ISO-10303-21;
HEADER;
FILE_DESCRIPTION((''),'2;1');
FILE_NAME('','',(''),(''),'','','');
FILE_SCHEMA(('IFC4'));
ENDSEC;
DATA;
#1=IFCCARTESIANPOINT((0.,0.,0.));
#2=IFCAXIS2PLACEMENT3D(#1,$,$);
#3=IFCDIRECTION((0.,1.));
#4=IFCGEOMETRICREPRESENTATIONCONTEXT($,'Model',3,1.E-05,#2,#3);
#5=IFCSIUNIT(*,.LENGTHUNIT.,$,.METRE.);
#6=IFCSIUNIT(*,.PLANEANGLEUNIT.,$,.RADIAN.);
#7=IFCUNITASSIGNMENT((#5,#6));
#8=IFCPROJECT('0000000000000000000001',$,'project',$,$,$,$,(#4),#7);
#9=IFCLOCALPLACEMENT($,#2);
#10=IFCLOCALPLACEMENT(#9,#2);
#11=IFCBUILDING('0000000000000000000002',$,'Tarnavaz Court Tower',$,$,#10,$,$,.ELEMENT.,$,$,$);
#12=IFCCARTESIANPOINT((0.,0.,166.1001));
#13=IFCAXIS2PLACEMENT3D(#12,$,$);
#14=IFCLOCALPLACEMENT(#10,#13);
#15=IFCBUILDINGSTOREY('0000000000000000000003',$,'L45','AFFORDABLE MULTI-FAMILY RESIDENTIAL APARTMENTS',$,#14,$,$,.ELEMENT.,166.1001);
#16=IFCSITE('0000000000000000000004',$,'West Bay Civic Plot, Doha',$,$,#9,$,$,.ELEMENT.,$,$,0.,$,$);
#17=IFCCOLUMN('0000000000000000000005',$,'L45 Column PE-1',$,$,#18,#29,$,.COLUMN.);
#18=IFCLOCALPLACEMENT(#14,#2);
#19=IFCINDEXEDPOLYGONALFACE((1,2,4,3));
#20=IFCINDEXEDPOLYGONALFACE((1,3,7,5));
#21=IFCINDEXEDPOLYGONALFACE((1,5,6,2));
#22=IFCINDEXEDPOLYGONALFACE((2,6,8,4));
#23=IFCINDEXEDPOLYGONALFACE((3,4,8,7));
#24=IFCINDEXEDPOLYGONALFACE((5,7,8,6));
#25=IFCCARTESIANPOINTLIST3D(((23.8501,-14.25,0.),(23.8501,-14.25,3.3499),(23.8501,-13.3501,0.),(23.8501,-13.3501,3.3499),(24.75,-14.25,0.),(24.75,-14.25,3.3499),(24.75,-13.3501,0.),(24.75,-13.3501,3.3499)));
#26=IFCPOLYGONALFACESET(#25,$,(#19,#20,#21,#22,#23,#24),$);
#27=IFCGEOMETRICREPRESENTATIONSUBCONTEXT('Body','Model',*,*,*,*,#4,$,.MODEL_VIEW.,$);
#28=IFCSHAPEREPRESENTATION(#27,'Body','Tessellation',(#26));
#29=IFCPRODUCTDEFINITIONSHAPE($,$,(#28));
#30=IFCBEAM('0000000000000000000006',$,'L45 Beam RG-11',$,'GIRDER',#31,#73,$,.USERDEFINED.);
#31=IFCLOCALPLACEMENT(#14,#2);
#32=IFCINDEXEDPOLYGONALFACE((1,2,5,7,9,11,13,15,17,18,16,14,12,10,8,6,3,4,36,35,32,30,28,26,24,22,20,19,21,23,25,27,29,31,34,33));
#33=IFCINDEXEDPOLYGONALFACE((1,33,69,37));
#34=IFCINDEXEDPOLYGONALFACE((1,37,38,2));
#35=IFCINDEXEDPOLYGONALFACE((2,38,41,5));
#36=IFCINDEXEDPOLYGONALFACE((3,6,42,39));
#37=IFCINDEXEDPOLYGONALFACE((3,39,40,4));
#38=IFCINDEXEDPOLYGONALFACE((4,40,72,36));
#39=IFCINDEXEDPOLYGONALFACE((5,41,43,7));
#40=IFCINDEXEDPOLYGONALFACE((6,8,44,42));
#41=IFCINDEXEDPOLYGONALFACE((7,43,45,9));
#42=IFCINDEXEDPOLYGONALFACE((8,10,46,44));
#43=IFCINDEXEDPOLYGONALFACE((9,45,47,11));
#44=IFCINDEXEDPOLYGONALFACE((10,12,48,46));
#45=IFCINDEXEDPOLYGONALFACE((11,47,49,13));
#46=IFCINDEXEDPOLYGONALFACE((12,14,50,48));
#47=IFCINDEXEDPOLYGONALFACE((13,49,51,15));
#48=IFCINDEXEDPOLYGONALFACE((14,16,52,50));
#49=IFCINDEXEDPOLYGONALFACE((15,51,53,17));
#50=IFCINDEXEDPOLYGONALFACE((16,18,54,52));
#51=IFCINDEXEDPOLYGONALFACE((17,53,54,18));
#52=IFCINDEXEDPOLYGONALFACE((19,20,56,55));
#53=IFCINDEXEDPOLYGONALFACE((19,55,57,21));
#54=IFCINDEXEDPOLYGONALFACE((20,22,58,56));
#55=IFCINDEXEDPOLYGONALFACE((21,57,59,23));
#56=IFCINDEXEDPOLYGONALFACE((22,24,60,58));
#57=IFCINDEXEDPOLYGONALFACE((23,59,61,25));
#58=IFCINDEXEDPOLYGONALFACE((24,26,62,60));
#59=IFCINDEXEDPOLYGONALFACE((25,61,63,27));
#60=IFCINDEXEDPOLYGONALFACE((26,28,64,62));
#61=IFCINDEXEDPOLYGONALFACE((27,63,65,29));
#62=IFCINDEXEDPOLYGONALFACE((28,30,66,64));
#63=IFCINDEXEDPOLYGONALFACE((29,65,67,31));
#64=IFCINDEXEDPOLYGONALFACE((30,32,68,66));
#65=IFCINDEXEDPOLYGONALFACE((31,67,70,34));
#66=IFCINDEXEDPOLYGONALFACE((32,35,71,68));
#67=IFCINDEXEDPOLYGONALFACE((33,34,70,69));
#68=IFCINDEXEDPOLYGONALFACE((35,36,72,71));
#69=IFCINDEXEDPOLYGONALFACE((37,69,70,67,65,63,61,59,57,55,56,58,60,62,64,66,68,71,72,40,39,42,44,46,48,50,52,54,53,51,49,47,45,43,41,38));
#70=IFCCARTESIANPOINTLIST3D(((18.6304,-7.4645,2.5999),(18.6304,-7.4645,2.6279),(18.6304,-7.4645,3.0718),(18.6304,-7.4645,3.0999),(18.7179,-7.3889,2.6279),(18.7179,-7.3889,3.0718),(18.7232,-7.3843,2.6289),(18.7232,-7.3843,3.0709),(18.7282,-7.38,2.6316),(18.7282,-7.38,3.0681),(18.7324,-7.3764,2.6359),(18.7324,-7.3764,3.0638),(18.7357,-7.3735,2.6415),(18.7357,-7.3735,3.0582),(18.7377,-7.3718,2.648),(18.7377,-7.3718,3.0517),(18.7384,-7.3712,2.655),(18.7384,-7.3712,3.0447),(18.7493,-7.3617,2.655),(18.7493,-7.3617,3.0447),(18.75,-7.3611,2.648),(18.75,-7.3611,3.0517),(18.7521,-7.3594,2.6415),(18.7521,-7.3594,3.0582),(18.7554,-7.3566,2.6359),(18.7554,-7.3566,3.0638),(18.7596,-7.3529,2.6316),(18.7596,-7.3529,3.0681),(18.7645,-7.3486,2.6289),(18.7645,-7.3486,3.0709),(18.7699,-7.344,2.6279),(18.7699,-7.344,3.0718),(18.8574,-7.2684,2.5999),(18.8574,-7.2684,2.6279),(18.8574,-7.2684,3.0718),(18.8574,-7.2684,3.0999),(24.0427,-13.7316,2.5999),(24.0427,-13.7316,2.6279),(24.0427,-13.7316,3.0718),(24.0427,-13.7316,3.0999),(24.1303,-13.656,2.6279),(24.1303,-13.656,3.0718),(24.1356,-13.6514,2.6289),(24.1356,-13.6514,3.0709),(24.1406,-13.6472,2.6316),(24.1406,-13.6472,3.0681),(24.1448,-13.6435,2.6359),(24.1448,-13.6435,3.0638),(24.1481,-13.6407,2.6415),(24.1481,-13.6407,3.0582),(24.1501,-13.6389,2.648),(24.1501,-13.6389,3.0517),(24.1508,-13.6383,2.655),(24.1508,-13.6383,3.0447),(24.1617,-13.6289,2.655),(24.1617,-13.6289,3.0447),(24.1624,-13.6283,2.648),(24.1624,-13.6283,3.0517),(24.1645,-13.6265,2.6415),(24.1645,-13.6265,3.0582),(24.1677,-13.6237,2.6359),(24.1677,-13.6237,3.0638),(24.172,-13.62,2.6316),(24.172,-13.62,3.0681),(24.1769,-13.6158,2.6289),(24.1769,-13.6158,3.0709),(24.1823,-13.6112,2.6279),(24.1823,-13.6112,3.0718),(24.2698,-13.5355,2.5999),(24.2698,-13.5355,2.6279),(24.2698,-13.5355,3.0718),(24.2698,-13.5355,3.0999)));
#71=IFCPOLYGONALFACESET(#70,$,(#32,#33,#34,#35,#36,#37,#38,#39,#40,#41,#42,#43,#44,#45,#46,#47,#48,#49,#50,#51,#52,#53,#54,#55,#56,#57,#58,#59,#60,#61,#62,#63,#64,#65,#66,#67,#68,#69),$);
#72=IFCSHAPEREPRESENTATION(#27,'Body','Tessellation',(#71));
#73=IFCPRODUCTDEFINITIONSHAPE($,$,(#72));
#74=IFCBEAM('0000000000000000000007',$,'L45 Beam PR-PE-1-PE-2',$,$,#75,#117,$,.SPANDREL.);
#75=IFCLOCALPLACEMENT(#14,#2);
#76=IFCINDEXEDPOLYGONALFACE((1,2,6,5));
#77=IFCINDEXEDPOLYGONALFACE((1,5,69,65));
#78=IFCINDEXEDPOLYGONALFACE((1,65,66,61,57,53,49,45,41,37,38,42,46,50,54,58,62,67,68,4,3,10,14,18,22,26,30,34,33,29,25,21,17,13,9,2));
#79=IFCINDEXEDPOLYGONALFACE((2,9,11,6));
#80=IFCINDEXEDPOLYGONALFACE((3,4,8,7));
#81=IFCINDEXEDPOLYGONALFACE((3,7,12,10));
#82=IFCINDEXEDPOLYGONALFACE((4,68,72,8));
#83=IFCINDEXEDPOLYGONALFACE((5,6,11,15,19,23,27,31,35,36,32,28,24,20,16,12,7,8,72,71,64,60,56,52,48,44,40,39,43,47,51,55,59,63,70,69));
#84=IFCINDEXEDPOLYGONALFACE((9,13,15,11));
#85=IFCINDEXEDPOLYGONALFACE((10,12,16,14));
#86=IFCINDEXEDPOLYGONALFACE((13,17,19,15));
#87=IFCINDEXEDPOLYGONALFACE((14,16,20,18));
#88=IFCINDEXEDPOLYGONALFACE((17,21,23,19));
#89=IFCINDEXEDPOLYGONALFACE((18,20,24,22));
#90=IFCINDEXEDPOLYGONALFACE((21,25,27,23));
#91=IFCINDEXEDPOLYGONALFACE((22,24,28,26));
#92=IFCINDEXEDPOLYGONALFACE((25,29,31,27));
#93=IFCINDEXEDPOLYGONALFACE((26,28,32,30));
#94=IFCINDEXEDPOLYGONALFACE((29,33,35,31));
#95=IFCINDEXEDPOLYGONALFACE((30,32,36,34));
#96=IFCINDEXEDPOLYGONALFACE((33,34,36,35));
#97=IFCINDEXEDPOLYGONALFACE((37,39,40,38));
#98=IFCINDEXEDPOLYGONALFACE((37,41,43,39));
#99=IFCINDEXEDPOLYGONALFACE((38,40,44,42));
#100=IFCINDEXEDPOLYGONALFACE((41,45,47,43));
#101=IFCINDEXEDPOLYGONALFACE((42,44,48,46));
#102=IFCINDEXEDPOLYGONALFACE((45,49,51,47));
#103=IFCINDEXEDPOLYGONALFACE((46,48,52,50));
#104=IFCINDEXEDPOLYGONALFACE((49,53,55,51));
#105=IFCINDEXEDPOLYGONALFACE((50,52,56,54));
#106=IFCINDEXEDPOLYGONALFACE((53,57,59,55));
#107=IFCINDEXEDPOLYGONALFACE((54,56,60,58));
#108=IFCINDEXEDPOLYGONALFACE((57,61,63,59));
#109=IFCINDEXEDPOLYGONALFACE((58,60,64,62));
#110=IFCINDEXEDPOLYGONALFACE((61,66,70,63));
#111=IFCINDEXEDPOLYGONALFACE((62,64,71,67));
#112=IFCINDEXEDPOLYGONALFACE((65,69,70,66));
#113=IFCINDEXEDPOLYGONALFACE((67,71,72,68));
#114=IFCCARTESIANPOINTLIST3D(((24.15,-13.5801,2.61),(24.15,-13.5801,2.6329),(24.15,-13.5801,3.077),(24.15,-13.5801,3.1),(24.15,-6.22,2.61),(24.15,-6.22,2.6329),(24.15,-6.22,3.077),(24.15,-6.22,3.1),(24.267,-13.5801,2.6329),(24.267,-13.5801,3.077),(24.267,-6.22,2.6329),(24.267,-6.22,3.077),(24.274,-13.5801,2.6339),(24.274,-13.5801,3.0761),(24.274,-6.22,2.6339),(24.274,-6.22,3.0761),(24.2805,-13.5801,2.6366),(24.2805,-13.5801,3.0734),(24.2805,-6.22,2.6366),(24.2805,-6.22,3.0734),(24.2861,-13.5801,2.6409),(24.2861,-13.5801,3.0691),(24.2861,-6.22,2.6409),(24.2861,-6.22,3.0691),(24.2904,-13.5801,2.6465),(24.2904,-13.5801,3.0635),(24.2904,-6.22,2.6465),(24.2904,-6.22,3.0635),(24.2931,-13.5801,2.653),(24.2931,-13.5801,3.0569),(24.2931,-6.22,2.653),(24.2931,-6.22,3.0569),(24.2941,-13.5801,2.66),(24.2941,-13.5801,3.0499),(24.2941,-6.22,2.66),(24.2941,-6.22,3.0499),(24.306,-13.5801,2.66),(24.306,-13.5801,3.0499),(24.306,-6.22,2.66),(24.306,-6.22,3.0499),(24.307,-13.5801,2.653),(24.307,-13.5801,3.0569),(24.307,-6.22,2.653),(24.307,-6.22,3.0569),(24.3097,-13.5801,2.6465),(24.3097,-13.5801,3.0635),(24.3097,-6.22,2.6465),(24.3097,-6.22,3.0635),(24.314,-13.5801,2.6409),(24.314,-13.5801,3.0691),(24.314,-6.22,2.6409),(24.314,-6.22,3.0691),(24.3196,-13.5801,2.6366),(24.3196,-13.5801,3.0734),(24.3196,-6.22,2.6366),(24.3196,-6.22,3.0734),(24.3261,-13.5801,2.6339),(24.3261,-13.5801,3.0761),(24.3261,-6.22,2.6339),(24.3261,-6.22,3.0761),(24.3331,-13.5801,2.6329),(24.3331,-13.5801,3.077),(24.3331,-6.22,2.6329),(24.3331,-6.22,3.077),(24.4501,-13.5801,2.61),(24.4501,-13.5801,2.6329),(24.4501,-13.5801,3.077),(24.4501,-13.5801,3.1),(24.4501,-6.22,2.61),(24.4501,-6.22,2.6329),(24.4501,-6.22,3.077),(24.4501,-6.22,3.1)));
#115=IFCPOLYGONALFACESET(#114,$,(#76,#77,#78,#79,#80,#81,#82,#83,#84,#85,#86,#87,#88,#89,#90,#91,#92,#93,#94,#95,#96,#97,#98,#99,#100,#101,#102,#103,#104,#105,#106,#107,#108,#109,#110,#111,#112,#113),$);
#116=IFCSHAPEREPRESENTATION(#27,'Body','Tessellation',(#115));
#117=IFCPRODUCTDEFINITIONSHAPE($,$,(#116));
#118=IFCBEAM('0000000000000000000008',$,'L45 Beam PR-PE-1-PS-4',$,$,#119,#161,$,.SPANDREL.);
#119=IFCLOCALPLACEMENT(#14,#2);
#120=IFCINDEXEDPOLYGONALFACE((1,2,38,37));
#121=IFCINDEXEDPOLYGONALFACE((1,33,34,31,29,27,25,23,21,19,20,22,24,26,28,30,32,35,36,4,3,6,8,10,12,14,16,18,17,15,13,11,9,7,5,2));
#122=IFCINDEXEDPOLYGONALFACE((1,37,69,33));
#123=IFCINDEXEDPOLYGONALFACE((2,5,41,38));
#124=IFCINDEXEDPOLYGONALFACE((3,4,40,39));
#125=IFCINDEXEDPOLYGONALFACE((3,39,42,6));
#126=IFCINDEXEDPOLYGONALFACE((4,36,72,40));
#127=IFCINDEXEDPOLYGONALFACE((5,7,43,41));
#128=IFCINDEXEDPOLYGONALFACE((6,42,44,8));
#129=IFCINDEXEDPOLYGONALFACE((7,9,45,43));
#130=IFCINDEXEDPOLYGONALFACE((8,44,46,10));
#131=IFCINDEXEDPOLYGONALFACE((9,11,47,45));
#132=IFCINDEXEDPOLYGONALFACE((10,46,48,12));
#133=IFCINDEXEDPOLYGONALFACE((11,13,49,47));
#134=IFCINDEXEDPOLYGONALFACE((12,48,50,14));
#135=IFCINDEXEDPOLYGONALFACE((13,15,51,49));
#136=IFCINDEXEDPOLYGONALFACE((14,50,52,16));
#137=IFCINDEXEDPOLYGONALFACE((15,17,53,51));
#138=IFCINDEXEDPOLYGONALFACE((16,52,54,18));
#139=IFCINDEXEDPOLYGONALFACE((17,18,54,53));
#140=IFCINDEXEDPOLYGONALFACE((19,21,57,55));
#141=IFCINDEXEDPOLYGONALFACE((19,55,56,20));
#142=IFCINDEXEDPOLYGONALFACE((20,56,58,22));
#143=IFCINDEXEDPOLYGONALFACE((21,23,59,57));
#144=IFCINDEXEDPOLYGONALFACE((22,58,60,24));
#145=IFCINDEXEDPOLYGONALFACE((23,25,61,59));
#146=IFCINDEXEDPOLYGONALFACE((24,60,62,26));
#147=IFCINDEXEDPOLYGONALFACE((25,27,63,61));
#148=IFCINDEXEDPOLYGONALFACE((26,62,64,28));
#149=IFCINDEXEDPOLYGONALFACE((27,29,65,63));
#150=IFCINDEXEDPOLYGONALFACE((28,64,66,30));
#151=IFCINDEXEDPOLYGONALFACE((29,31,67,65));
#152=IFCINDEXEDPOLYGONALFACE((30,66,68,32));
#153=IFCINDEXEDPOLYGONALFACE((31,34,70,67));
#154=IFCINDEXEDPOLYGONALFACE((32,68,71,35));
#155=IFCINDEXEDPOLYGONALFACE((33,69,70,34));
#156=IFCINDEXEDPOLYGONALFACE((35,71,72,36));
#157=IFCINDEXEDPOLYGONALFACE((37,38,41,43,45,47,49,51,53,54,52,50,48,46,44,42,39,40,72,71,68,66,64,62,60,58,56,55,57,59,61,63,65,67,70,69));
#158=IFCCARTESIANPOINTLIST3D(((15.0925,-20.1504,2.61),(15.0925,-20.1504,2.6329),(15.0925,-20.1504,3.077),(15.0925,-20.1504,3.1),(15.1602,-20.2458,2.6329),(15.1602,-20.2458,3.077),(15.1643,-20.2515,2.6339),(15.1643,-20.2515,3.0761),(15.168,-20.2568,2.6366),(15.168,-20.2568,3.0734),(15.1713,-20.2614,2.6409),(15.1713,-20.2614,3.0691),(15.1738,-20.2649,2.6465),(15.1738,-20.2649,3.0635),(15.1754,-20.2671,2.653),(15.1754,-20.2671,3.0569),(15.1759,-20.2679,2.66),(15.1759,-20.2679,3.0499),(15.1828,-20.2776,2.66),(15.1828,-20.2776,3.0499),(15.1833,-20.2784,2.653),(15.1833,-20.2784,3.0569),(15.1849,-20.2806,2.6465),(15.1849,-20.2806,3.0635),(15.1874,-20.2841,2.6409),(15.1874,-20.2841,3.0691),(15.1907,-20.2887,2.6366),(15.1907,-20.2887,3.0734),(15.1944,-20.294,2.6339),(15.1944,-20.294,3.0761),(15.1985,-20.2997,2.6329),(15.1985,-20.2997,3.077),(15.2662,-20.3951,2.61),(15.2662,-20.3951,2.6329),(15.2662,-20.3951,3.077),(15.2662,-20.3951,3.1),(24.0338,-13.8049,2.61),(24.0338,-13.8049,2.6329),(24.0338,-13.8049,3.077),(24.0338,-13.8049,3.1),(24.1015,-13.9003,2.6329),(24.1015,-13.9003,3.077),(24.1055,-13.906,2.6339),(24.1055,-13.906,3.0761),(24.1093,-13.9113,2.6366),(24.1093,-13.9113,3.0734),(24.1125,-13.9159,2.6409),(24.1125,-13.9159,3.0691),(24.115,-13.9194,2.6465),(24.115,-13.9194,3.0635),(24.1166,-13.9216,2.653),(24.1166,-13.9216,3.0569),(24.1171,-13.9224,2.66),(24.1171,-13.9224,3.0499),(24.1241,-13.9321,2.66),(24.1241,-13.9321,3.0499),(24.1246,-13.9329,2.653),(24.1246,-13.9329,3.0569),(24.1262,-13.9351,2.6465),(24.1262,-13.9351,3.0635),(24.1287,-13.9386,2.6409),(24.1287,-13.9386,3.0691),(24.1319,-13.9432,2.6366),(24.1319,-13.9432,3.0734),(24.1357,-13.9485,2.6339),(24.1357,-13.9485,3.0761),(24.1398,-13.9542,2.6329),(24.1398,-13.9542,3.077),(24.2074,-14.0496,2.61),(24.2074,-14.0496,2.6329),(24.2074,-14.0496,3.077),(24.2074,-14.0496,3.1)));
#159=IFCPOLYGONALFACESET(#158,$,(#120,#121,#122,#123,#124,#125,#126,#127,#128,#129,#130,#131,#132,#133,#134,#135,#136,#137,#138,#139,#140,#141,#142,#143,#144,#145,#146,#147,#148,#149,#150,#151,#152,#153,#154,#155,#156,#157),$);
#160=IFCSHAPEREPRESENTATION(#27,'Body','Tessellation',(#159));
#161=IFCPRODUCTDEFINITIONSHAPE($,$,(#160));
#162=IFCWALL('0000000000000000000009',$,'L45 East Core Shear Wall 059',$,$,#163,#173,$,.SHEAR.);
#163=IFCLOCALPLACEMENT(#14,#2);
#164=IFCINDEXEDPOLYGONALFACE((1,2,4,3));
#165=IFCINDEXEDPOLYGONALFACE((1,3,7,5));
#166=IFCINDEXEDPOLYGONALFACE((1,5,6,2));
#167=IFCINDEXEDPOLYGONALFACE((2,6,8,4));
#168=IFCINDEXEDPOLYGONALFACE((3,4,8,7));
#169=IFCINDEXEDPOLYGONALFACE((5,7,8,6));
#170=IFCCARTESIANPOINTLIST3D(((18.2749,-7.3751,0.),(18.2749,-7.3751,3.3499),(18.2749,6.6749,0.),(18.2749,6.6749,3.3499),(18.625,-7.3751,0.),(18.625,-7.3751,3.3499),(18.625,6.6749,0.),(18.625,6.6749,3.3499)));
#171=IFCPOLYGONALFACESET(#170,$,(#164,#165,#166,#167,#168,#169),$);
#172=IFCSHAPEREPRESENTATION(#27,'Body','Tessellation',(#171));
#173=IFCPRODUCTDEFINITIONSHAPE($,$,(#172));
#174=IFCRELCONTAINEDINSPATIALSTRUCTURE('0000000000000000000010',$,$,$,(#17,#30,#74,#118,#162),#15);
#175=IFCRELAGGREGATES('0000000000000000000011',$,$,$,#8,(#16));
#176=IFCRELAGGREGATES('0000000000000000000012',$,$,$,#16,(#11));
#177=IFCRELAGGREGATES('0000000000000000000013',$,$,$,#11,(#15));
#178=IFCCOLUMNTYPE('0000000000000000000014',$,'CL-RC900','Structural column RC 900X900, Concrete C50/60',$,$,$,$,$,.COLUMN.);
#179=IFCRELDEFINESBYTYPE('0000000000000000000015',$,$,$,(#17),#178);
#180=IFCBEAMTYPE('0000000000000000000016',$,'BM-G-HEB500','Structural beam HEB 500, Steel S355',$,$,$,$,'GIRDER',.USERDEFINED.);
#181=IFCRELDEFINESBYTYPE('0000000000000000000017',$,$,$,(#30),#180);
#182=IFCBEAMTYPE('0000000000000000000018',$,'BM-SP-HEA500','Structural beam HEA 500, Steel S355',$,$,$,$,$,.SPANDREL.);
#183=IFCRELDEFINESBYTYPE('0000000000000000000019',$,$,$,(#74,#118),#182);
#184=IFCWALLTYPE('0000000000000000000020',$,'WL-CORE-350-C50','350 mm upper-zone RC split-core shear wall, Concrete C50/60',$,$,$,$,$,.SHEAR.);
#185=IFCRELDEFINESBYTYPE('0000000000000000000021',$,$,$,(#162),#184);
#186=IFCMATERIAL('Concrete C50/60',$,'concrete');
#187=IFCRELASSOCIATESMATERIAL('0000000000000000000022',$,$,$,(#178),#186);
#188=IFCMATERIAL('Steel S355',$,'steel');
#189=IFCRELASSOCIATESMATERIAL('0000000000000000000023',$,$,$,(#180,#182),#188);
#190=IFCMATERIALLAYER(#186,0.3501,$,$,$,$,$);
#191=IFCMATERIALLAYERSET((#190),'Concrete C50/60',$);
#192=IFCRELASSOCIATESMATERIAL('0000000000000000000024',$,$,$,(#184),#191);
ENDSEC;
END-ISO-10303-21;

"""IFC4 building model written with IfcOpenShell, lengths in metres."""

from ifc_helpers import new_model, si_unit, direction, frame, frame_2d, origin, origin_2d, place, context, subcontext, project, spatial, rectangle, i_section, extrude, material, layer, layer_set, material_profile, profile_set, type_object, element, save


model = new_model("IFC4")

# Units and contexts
model_context = context("Model", 3, precision=1e-05, world=origin(), true_north=direction((0.0, 1.0)))
body_context = subcontext(model_context, "Body", "Model", "MODEL_VIEW")
ifc_project = project(units=[si_unit("LENGTHUNIT", "METRE"), si_unit("PLANEANGLEUNIT", "RADIAN")], contexts=[model_context])

# Site, building, storey
site_placement = place(None, origin())
site = spatial("IfcSite", under=ifc_project, at=site_placement, Name="West Bay Civic Plot, Doha", CompositionType="ELEMENT", RefElevation=0.0)
building_placement = place(site_placement, origin())
building = spatial("IfcBuilding", under=site, at=building_placement, Name="Tarnavaz Court Tower", CompositionType="ELEMENT")
storey_placement = place(building_placement, frame((0.0, 0.0, 166.1001)))
storey = spatial("IfcBuildingStorey", under=building, at=storey_placement, Name="L45", Description="AFFORDABLE MULTI-FAMILY RESIDENTIAL APARTMENTS", CompositionType="ELEMENT", Elevation=166.1001)

# Column
ifc_material_1 = material(Name="Concrete C50/60", Category="concrete")
ifc_material_profile_1 = material_profile(ifc_material_1, rectangle(XDim=0.8999, YDim=0.8999, at=origin_2d()), Name="RC 900X900")
ifc_profile_set_1 = profile_set([ifc_material_profile_1], Name="Concrete C50/60")
column_type = type_object("IfcColumnType", Name="CL-RC900", Description="Structural column RC 900X900, Concrete C50/60", PredefinedType="COLUMN", material=ifc_profile_set_1)
column_placement = place(storey_placement, frame((24.3, -13.8, 0.0), z_axis=(0.0, 0.0, 1.0), x_axis=(1.0, 0.0, 0.0)))
element("IfcColumn", 1, at=column_placement, inside=storey, type_object=column_type, Name="L45 Column PE-1", PredefinedType="COLUMN", context=body_context, shape_type="SweptSolid", body=[
    extrude(rectangle(XDim=0.8999, YDim=0.8999, at=origin_2d()), origin(), (0.0, 0.0, 1.0), 3.3499),
])

# Beams
ifc_material_2 = material(Name="Steel S355", Category="steel")
ifc_material_profile_2 = material_profile(ifc_material_2, i_section(OverallWidth=0.3, OverallDepth=0.5, WebThickness=0.0144, FlangeThickness=0.0281, FilletRadius=0.0271, at=origin_2d()), Name="HEB 500")
ifc_profile_set_2 = profile_set([ifc_material_profile_2], Name="Steel S355")
beam_type_1 = type_object("IfcBeamType", Name="BM-G-HEB500", Description="Structural beam HEB 500, Steel S355", ElementType="GIRDER", PredefinedType="USERDEFINED", material=ifc_profile_set_2)
beam_1_placement = place(storey_placement, frame((18.7439, -7.3665, 2.8499), z_axis=(0.653611, -0.756831, 0.0), x_axis=(0.756831, 0.653611, 0.0)))
element("IfcBeam", 2, at=beam_1_placement, inside=storey, type_object=beam_type_1, Name="L45 Beam RG-11", ObjectType="GIRDER", PredefinedType="USERDEFINED", context=body_context, shape_type="SweptSolid", body=[
    extrude(i_section(OverallWidth=0.3, OverallDepth=0.5, WebThickness=0.0144, FlangeThickness=0.0281, FilletRadius=0.0271, at=origin_2d()), origin(), (0.0, 0.0, 1.0), 8.2808),
])
ifc_material_profile_3 = material_profile(ifc_material_2, i_section(OverallWidth=0.3, OverallDepth=0.49, WebThickness=0.012, FlangeThickness=0.0229, FilletRadius=0.0271, at=origin_2d()), Name="HEA 500")
ifc_profile_set_3 = profile_set([ifc_material_profile_3], Name="Steel S355")
beam_type_2 = type_object("IfcBeamType", Name="BM-SP-HEA500", Description="Structural beam HEA 500, Steel S355", PredefinedType="SPANDREL", material=ifc_profile_set_3)
beam_2_placement = place(storey_placement, frame((24.3, -13.5801, 2.855), z_axis=(0.0, 1.0, 0.0), x_axis=(-1.0, 0.0, 0.0)))
element("IfcBeam", 3, at=beam_2_placement, inside=storey, type_object=beam_type_2, Name="L45 Beam PR-PE-1-PE-2", PredefinedType="SPANDREL", context=body_context, shape_type="SweptSolid", body=[
    extrude(i_section(OverallWidth=0.3, OverallDepth=0.49, WebThickness=0.012, FlangeThickness=0.0229, FilletRadius=0.0271, at=origin_2d()), origin(), (0.0, 0.0, 1.0), 7.3601),
])
beam_3_placement = place(storey_placement, frame((24.1206, -13.9272, 2.855), z_axis=(-0.815502, -0.578754, 0.0), x_axis=(0.578754, -0.815502, 0.0)))
element("IfcBeam", 4, at=beam_3_placement, inside=storey, type_object=beam_type_2, Name="L45 Beam PR-PE-1-PS-4", PredefinedType="SPANDREL", context=body_context, shape_type="SweptSolid", body=[
    extrude(i_section(OverallWidth=0.3, OverallDepth=0.49, WebThickness=0.012, FlangeThickness=0.0229, FilletRadius=0.0271, at=origin_2d()), origin(), (0.0, 0.0, 1.0), 10.9641),
])

# Wall
ifc_layer_1 = layer(ifc_material_1, 0.3501)
ifc_layer_set_1 = layer_set([ifc_layer_1], Name="Concrete C50/60")
wall_type_1 = type_object("IfcWallType", Name="WL-CORE-350-C50", Description="350 mm upper-zone RC split-core shear wall, Concrete C50/60", PredefinedType="SHEAR", material=ifc_layer_set_1)
wall_1_placement = place(storey_placement, frame((18.45, -7.375, 0.0), z_axis=(0.0, 0.0, 1.0), x_axis=(0.0, 1.0, 0.0)))
element("IfcWall", 5, at=wall_1_placement, inside=storey, type_object=wall_type_1, Name="L45 East Core Shear Wall 059", PredefinedType="SHEAR", context=body_context, shape_type="SweptSolid", body=[
    extrude(rectangle(XDim=14.05, YDim=0.3501, at=frame_2d((7.0249, 0.0))), origin(), (0.0, 0.0, 1.0), 3.3499),
])

save(model, "model.ifc")
